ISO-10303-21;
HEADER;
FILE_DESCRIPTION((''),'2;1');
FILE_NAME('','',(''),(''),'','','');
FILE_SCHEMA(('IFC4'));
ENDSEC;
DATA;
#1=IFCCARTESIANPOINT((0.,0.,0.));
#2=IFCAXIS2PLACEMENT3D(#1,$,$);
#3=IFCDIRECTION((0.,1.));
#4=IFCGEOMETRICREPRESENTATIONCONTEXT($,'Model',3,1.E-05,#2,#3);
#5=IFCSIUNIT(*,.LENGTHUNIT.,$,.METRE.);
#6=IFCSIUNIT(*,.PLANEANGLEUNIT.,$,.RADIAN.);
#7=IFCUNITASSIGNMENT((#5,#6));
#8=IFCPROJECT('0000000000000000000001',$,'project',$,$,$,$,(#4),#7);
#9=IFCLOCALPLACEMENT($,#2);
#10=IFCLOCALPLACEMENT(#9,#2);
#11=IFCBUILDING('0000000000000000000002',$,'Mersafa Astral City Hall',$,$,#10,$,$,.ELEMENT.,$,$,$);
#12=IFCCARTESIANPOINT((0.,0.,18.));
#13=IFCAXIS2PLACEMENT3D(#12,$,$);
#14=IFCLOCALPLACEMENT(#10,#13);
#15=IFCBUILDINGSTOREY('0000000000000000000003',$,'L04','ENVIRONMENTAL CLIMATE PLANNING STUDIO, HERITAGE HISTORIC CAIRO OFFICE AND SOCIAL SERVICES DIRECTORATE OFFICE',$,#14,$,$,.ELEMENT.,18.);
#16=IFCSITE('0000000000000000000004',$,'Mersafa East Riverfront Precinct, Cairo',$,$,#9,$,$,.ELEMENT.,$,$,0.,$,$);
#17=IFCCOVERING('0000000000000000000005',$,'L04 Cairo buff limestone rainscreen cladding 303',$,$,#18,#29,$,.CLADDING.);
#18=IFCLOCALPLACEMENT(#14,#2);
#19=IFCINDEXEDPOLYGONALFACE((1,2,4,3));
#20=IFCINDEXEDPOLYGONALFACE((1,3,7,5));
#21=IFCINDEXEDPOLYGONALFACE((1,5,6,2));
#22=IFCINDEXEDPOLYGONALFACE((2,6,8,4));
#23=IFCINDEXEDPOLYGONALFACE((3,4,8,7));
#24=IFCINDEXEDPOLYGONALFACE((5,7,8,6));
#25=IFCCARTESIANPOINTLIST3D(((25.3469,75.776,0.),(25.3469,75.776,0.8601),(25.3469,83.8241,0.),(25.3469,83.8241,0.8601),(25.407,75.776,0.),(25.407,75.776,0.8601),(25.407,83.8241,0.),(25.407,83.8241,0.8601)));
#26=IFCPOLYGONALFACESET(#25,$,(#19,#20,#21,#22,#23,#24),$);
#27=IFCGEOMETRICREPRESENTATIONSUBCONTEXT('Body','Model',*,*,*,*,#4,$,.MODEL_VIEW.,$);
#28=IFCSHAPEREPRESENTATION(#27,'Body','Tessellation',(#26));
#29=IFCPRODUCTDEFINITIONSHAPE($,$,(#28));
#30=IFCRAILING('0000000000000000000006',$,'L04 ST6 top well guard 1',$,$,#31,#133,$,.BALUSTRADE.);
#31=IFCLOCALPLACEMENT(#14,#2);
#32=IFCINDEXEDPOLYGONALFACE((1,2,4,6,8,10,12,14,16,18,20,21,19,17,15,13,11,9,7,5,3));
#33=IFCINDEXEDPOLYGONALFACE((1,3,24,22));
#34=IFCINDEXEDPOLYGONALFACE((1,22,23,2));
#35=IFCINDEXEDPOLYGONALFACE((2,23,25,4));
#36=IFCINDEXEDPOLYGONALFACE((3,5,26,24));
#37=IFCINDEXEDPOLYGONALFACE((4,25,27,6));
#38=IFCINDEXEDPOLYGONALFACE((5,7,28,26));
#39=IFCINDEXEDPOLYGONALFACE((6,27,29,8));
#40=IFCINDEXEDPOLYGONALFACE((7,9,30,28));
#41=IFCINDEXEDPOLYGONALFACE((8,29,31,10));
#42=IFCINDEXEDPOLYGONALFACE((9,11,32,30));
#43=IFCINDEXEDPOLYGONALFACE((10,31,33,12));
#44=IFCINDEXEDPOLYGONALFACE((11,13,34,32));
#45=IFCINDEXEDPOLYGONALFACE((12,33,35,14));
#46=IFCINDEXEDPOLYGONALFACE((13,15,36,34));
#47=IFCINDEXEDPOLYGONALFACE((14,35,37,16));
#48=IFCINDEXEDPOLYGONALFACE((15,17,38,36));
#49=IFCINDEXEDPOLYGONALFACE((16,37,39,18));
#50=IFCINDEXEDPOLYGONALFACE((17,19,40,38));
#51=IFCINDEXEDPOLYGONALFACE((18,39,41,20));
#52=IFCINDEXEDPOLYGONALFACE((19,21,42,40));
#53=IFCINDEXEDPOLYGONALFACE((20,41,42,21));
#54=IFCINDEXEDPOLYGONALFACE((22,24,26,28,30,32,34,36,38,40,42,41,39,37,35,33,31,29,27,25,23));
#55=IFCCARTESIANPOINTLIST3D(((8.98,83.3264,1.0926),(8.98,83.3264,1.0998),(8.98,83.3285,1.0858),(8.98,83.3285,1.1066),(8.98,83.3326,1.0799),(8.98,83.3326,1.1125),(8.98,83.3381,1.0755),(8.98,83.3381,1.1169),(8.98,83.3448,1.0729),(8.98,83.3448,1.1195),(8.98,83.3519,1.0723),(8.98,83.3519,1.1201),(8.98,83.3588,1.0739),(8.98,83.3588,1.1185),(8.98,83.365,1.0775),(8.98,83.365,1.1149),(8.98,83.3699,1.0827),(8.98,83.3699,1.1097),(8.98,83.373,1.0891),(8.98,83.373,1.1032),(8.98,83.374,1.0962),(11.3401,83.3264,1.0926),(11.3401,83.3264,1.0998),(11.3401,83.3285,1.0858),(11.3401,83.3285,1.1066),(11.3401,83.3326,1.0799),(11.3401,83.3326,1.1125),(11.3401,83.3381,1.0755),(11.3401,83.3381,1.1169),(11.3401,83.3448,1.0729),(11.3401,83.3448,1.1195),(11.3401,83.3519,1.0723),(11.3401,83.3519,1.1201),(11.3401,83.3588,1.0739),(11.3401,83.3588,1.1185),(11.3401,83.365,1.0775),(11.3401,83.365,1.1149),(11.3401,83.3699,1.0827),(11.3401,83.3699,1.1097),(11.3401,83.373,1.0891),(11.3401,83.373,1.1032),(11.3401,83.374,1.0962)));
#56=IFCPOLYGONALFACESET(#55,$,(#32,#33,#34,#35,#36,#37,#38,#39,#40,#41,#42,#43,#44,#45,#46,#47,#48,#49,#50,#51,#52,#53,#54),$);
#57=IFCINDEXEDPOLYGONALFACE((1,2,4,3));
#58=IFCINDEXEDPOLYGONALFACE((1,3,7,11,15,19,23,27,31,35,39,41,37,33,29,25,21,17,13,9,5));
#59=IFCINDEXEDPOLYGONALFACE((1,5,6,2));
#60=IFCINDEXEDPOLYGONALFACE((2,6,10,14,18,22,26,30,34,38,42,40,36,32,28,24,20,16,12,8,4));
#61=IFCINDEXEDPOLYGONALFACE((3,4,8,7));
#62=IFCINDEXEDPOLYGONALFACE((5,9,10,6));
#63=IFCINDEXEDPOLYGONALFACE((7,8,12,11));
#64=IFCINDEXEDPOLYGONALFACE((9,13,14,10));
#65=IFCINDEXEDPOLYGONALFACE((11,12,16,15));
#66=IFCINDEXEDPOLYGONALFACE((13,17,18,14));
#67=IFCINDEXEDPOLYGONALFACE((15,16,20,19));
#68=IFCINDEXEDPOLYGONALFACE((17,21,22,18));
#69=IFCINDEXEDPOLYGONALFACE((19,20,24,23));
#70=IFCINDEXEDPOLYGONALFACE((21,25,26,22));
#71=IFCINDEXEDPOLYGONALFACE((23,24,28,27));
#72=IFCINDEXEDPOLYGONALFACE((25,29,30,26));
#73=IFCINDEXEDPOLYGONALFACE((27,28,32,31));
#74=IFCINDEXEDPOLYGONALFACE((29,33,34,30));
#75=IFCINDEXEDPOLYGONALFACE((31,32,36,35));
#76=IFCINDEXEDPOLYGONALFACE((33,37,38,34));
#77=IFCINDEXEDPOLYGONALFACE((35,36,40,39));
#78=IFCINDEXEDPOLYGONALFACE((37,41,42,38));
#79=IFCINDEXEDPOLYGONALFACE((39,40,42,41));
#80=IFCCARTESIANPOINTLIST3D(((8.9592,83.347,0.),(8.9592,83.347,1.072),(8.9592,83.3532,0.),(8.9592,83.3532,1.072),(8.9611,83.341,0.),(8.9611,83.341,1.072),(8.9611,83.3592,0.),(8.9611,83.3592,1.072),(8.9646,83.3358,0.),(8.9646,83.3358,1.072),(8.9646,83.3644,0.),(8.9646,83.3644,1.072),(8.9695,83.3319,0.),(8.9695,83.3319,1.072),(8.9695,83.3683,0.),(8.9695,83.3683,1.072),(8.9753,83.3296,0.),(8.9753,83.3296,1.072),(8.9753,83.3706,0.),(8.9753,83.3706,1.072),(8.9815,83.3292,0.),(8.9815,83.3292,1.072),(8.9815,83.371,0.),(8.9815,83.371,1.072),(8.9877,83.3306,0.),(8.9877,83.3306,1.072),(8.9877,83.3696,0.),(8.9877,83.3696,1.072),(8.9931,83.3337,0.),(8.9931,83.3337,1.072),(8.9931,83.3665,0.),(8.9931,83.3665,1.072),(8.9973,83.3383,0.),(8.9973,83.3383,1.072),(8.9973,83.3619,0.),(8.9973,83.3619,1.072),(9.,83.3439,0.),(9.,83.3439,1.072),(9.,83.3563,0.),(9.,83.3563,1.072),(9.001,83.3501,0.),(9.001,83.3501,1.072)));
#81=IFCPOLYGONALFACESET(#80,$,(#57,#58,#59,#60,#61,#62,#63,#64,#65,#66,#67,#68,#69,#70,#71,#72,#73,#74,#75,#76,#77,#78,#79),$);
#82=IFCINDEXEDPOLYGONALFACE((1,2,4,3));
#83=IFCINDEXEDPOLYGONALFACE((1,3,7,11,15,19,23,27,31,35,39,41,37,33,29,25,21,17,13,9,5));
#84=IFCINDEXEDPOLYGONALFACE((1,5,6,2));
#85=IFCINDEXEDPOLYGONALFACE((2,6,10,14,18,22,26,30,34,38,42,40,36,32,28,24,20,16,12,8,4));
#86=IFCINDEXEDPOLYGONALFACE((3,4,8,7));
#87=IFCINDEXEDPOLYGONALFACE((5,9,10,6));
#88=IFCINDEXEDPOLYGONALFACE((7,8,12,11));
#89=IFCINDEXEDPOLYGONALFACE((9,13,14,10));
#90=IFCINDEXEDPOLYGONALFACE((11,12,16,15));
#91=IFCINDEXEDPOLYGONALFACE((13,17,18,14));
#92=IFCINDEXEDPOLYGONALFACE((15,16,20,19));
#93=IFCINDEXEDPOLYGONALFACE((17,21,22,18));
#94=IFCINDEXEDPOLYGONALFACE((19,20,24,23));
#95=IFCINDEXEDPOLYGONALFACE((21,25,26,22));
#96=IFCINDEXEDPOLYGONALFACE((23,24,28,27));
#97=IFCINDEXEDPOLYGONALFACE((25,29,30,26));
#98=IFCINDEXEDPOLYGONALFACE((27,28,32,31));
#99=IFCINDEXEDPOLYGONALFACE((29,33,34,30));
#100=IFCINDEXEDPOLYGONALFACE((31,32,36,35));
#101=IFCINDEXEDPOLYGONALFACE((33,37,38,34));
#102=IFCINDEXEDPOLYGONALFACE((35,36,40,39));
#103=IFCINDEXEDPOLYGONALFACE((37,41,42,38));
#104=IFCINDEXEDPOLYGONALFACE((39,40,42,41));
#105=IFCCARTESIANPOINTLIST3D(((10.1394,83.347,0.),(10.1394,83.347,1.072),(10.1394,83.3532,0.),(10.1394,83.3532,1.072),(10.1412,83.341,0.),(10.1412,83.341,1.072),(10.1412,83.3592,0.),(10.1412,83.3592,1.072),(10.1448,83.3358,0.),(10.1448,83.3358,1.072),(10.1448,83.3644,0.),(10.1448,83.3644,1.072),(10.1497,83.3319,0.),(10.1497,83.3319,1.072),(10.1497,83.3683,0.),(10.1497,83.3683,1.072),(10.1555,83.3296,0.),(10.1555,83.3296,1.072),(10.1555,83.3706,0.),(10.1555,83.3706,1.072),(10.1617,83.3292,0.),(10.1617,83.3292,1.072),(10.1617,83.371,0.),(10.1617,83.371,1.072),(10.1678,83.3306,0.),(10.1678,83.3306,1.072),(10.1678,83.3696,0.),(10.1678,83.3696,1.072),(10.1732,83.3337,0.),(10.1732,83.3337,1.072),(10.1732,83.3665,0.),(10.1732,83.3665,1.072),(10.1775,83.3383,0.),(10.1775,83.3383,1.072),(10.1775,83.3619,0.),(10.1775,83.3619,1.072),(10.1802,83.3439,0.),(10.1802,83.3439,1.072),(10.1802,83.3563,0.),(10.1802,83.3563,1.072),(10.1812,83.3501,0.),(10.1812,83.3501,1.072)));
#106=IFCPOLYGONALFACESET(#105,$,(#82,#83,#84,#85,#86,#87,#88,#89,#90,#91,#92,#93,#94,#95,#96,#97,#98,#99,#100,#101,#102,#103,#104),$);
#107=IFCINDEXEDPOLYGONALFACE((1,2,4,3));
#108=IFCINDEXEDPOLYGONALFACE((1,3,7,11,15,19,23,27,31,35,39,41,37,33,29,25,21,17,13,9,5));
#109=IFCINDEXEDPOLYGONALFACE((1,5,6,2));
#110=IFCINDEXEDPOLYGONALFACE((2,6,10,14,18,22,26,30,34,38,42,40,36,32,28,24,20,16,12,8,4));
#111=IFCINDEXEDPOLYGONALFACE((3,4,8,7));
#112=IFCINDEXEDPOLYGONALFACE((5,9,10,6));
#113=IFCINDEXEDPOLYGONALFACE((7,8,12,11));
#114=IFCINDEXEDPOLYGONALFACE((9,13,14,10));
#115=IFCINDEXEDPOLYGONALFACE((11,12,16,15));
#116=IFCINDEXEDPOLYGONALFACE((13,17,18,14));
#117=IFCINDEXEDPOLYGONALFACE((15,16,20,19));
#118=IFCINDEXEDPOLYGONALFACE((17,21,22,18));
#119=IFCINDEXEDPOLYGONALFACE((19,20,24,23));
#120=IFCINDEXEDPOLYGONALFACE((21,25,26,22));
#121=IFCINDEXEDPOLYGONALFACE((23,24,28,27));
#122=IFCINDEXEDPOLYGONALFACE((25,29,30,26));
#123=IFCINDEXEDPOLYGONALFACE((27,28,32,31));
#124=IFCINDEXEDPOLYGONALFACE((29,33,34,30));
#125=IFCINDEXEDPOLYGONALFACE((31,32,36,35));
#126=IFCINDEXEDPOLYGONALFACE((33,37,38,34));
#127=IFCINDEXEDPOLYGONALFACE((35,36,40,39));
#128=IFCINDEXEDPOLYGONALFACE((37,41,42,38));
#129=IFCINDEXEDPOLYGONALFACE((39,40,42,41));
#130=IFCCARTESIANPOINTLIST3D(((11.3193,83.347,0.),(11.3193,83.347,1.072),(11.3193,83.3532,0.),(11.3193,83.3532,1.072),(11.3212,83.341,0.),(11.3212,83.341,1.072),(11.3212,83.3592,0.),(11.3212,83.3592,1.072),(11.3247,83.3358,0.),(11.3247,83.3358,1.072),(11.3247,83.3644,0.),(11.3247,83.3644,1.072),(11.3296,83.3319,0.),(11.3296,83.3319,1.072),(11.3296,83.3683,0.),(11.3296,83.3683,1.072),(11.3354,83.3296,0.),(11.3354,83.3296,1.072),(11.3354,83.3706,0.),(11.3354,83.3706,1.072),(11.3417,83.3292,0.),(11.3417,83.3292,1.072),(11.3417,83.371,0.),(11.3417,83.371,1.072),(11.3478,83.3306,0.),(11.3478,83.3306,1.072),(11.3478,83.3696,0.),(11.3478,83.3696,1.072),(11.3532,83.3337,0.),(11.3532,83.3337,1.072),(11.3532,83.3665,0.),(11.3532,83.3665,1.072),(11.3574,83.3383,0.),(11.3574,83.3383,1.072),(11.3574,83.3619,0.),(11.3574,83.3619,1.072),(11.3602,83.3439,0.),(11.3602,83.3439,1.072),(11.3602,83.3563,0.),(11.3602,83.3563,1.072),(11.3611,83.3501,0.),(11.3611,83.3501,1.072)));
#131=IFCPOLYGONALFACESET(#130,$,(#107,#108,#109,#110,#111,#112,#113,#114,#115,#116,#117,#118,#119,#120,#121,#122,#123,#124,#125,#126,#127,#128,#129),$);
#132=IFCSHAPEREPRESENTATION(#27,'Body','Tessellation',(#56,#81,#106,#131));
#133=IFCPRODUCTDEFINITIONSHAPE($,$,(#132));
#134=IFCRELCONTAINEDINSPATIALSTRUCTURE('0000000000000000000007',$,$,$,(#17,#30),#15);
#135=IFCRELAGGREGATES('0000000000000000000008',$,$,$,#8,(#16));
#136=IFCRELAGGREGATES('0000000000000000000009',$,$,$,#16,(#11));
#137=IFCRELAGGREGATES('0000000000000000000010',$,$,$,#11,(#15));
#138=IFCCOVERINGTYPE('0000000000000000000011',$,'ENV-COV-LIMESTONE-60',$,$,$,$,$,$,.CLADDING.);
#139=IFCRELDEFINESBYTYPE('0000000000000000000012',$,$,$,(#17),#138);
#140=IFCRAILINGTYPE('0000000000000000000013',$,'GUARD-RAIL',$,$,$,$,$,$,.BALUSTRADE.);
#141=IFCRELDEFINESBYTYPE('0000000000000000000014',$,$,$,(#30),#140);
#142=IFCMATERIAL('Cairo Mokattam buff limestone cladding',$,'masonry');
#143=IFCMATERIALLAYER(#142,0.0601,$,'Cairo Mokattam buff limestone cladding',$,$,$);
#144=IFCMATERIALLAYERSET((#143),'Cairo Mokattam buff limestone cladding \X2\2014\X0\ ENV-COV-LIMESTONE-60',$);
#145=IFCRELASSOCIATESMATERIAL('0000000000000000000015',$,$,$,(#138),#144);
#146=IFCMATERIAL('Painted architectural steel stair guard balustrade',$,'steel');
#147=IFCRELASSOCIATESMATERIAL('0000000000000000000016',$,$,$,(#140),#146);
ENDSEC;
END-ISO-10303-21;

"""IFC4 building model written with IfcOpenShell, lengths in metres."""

from ifc_helpers import new_model, si_unit, direction, frame, origin, origin_2d, place, context, subcontext, project, spatial, rectangle, circle, extrude, material, layer, layer_set, type_object, element, save


model = new_model("IFC4")

# Units and contexts
model_context = context("Model", 3, precision=1e-05, world=origin(), true_north=direction((0.0, 1.0)))
body_context = subcontext(model_context, "Body", "Model", "MODEL_VIEW")
ifc_project = project(units=[si_unit("LENGTHUNIT", "METRE"), si_unit("PLANEANGLEUNIT", "RADIAN")], contexts=[model_context])

# Site, building, storey
site_placement = place(None, origin())
site = spatial("IfcSite", under=ifc_project, at=site_placement, Name="Mersafa East Riverfront Precinct, Cairo", CompositionType="ELEMENT", RefElevation=0.0)
building_placement = place(site_placement, origin())
building = spatial("IfcBuilding", under=site, at=building_placement, Name="Mersafa Astral City Hall", CompositionType="ELEMENT")
storey_placement = place(building_placement, frame((0.0, 0.0, 18.0)))
storey = spatial("IfcBuildingStorey", under=building, at=storey_placement, Name="L04", Description="ENVIRONMENTAL CLIMATE PLANNING STUDIO, HERITAGE HISTORIC CAIRO OFFICE AND SOCIAL SERVICES DIRECTORATE OFFICE", CompositionType="ELEMENT", Elevation=18.0)

# Covering
ifc_material_1 = material(Name="Cairo Mokattam buff limestone cladding", Category="masonry")
ifc_layer_1 = layer(ifc_material_1, 0.0601, Name="Cairo Mokattam buff limestone cladding")
ifc_layer_set_1 = layer_set([ifc_layer_1], Name="Cairo Mokattam buff limestone cladding — ENV-COV-LIMESTONE-60")
covering_type = type_object("IfcCoveringType", Name="ENV-COV-LIMESTONE-60", PredefinedType="CLADDING", material=ifc_layer_set_1)
for number, where, z_axis, x_axis, name in (
    (1, (25.377, 79.8, 0.0), (0.0, 0.0, 1.0), (0.0, 1.0, 0.0), "L04 Cairo buff limestone rainscreen cladding 303"),
):
    element("IfcCovering", number, at=place(storey_placement, frame(where, z_axis=z_axis, x_axis=x_axis)), inside=storey, type_object=covering_type, Name=name, PredefinedType="CLADDING", context=body_context, shape_type="SweptSolid", body=[
        extrude(rectangle(XDim=8.0481, YDim=0.0601, at=origin_2d()), origin(), (0.0, 0.0, 1.0), 0.8601),
    ])

# Railing
ifc_material_2 = material(Name="Painted architectural steel stair guard balustrade", Category="steel")
railing_type = type_object("IfcRailingType", Name="GUARD-RAIL", PredefinedType="BALUSTRADE", material=ifc_material_2)
railing_1_placement = place(storey_placement, frame((8.98, 83.3501, 0.0)))
element("IfcRailing", 2, at=railing_1_placement, inside=storey, type_object=railing_type, Name="L04 ST6 top well guard 1", PredefinedType="BALUSTRADE", context=body_context, shape_type="SweptSolid", body=[
    extrude(circle(Radius=0.0239, at=origin_2d()), frame((0.0, 0.0, 1.0962), z_axis=(1.0, 0.0, 0.0), x_axis=(0.0, 1.0, 0.0)), (0.0, 0.0, 1.0), 2.3601),
    extrude(circle(Radius=0.021, at=origin_2d()), origin(), (0.0, 0.0, 1.0), 1.072),
    extrude(circle(Radius=0.021, at=origin_2d()), frame((1.1802, 0.0, 0.0)), (0.0, 0.0, 1.0), 1.072),
    extrude(circle(Radius=0.021, at=origin_2d()), frame((2.3601, 0.0, 0.0)), (0.0, 0.0, 1.0), 1.072),
])

save(model, "model.ifc")
